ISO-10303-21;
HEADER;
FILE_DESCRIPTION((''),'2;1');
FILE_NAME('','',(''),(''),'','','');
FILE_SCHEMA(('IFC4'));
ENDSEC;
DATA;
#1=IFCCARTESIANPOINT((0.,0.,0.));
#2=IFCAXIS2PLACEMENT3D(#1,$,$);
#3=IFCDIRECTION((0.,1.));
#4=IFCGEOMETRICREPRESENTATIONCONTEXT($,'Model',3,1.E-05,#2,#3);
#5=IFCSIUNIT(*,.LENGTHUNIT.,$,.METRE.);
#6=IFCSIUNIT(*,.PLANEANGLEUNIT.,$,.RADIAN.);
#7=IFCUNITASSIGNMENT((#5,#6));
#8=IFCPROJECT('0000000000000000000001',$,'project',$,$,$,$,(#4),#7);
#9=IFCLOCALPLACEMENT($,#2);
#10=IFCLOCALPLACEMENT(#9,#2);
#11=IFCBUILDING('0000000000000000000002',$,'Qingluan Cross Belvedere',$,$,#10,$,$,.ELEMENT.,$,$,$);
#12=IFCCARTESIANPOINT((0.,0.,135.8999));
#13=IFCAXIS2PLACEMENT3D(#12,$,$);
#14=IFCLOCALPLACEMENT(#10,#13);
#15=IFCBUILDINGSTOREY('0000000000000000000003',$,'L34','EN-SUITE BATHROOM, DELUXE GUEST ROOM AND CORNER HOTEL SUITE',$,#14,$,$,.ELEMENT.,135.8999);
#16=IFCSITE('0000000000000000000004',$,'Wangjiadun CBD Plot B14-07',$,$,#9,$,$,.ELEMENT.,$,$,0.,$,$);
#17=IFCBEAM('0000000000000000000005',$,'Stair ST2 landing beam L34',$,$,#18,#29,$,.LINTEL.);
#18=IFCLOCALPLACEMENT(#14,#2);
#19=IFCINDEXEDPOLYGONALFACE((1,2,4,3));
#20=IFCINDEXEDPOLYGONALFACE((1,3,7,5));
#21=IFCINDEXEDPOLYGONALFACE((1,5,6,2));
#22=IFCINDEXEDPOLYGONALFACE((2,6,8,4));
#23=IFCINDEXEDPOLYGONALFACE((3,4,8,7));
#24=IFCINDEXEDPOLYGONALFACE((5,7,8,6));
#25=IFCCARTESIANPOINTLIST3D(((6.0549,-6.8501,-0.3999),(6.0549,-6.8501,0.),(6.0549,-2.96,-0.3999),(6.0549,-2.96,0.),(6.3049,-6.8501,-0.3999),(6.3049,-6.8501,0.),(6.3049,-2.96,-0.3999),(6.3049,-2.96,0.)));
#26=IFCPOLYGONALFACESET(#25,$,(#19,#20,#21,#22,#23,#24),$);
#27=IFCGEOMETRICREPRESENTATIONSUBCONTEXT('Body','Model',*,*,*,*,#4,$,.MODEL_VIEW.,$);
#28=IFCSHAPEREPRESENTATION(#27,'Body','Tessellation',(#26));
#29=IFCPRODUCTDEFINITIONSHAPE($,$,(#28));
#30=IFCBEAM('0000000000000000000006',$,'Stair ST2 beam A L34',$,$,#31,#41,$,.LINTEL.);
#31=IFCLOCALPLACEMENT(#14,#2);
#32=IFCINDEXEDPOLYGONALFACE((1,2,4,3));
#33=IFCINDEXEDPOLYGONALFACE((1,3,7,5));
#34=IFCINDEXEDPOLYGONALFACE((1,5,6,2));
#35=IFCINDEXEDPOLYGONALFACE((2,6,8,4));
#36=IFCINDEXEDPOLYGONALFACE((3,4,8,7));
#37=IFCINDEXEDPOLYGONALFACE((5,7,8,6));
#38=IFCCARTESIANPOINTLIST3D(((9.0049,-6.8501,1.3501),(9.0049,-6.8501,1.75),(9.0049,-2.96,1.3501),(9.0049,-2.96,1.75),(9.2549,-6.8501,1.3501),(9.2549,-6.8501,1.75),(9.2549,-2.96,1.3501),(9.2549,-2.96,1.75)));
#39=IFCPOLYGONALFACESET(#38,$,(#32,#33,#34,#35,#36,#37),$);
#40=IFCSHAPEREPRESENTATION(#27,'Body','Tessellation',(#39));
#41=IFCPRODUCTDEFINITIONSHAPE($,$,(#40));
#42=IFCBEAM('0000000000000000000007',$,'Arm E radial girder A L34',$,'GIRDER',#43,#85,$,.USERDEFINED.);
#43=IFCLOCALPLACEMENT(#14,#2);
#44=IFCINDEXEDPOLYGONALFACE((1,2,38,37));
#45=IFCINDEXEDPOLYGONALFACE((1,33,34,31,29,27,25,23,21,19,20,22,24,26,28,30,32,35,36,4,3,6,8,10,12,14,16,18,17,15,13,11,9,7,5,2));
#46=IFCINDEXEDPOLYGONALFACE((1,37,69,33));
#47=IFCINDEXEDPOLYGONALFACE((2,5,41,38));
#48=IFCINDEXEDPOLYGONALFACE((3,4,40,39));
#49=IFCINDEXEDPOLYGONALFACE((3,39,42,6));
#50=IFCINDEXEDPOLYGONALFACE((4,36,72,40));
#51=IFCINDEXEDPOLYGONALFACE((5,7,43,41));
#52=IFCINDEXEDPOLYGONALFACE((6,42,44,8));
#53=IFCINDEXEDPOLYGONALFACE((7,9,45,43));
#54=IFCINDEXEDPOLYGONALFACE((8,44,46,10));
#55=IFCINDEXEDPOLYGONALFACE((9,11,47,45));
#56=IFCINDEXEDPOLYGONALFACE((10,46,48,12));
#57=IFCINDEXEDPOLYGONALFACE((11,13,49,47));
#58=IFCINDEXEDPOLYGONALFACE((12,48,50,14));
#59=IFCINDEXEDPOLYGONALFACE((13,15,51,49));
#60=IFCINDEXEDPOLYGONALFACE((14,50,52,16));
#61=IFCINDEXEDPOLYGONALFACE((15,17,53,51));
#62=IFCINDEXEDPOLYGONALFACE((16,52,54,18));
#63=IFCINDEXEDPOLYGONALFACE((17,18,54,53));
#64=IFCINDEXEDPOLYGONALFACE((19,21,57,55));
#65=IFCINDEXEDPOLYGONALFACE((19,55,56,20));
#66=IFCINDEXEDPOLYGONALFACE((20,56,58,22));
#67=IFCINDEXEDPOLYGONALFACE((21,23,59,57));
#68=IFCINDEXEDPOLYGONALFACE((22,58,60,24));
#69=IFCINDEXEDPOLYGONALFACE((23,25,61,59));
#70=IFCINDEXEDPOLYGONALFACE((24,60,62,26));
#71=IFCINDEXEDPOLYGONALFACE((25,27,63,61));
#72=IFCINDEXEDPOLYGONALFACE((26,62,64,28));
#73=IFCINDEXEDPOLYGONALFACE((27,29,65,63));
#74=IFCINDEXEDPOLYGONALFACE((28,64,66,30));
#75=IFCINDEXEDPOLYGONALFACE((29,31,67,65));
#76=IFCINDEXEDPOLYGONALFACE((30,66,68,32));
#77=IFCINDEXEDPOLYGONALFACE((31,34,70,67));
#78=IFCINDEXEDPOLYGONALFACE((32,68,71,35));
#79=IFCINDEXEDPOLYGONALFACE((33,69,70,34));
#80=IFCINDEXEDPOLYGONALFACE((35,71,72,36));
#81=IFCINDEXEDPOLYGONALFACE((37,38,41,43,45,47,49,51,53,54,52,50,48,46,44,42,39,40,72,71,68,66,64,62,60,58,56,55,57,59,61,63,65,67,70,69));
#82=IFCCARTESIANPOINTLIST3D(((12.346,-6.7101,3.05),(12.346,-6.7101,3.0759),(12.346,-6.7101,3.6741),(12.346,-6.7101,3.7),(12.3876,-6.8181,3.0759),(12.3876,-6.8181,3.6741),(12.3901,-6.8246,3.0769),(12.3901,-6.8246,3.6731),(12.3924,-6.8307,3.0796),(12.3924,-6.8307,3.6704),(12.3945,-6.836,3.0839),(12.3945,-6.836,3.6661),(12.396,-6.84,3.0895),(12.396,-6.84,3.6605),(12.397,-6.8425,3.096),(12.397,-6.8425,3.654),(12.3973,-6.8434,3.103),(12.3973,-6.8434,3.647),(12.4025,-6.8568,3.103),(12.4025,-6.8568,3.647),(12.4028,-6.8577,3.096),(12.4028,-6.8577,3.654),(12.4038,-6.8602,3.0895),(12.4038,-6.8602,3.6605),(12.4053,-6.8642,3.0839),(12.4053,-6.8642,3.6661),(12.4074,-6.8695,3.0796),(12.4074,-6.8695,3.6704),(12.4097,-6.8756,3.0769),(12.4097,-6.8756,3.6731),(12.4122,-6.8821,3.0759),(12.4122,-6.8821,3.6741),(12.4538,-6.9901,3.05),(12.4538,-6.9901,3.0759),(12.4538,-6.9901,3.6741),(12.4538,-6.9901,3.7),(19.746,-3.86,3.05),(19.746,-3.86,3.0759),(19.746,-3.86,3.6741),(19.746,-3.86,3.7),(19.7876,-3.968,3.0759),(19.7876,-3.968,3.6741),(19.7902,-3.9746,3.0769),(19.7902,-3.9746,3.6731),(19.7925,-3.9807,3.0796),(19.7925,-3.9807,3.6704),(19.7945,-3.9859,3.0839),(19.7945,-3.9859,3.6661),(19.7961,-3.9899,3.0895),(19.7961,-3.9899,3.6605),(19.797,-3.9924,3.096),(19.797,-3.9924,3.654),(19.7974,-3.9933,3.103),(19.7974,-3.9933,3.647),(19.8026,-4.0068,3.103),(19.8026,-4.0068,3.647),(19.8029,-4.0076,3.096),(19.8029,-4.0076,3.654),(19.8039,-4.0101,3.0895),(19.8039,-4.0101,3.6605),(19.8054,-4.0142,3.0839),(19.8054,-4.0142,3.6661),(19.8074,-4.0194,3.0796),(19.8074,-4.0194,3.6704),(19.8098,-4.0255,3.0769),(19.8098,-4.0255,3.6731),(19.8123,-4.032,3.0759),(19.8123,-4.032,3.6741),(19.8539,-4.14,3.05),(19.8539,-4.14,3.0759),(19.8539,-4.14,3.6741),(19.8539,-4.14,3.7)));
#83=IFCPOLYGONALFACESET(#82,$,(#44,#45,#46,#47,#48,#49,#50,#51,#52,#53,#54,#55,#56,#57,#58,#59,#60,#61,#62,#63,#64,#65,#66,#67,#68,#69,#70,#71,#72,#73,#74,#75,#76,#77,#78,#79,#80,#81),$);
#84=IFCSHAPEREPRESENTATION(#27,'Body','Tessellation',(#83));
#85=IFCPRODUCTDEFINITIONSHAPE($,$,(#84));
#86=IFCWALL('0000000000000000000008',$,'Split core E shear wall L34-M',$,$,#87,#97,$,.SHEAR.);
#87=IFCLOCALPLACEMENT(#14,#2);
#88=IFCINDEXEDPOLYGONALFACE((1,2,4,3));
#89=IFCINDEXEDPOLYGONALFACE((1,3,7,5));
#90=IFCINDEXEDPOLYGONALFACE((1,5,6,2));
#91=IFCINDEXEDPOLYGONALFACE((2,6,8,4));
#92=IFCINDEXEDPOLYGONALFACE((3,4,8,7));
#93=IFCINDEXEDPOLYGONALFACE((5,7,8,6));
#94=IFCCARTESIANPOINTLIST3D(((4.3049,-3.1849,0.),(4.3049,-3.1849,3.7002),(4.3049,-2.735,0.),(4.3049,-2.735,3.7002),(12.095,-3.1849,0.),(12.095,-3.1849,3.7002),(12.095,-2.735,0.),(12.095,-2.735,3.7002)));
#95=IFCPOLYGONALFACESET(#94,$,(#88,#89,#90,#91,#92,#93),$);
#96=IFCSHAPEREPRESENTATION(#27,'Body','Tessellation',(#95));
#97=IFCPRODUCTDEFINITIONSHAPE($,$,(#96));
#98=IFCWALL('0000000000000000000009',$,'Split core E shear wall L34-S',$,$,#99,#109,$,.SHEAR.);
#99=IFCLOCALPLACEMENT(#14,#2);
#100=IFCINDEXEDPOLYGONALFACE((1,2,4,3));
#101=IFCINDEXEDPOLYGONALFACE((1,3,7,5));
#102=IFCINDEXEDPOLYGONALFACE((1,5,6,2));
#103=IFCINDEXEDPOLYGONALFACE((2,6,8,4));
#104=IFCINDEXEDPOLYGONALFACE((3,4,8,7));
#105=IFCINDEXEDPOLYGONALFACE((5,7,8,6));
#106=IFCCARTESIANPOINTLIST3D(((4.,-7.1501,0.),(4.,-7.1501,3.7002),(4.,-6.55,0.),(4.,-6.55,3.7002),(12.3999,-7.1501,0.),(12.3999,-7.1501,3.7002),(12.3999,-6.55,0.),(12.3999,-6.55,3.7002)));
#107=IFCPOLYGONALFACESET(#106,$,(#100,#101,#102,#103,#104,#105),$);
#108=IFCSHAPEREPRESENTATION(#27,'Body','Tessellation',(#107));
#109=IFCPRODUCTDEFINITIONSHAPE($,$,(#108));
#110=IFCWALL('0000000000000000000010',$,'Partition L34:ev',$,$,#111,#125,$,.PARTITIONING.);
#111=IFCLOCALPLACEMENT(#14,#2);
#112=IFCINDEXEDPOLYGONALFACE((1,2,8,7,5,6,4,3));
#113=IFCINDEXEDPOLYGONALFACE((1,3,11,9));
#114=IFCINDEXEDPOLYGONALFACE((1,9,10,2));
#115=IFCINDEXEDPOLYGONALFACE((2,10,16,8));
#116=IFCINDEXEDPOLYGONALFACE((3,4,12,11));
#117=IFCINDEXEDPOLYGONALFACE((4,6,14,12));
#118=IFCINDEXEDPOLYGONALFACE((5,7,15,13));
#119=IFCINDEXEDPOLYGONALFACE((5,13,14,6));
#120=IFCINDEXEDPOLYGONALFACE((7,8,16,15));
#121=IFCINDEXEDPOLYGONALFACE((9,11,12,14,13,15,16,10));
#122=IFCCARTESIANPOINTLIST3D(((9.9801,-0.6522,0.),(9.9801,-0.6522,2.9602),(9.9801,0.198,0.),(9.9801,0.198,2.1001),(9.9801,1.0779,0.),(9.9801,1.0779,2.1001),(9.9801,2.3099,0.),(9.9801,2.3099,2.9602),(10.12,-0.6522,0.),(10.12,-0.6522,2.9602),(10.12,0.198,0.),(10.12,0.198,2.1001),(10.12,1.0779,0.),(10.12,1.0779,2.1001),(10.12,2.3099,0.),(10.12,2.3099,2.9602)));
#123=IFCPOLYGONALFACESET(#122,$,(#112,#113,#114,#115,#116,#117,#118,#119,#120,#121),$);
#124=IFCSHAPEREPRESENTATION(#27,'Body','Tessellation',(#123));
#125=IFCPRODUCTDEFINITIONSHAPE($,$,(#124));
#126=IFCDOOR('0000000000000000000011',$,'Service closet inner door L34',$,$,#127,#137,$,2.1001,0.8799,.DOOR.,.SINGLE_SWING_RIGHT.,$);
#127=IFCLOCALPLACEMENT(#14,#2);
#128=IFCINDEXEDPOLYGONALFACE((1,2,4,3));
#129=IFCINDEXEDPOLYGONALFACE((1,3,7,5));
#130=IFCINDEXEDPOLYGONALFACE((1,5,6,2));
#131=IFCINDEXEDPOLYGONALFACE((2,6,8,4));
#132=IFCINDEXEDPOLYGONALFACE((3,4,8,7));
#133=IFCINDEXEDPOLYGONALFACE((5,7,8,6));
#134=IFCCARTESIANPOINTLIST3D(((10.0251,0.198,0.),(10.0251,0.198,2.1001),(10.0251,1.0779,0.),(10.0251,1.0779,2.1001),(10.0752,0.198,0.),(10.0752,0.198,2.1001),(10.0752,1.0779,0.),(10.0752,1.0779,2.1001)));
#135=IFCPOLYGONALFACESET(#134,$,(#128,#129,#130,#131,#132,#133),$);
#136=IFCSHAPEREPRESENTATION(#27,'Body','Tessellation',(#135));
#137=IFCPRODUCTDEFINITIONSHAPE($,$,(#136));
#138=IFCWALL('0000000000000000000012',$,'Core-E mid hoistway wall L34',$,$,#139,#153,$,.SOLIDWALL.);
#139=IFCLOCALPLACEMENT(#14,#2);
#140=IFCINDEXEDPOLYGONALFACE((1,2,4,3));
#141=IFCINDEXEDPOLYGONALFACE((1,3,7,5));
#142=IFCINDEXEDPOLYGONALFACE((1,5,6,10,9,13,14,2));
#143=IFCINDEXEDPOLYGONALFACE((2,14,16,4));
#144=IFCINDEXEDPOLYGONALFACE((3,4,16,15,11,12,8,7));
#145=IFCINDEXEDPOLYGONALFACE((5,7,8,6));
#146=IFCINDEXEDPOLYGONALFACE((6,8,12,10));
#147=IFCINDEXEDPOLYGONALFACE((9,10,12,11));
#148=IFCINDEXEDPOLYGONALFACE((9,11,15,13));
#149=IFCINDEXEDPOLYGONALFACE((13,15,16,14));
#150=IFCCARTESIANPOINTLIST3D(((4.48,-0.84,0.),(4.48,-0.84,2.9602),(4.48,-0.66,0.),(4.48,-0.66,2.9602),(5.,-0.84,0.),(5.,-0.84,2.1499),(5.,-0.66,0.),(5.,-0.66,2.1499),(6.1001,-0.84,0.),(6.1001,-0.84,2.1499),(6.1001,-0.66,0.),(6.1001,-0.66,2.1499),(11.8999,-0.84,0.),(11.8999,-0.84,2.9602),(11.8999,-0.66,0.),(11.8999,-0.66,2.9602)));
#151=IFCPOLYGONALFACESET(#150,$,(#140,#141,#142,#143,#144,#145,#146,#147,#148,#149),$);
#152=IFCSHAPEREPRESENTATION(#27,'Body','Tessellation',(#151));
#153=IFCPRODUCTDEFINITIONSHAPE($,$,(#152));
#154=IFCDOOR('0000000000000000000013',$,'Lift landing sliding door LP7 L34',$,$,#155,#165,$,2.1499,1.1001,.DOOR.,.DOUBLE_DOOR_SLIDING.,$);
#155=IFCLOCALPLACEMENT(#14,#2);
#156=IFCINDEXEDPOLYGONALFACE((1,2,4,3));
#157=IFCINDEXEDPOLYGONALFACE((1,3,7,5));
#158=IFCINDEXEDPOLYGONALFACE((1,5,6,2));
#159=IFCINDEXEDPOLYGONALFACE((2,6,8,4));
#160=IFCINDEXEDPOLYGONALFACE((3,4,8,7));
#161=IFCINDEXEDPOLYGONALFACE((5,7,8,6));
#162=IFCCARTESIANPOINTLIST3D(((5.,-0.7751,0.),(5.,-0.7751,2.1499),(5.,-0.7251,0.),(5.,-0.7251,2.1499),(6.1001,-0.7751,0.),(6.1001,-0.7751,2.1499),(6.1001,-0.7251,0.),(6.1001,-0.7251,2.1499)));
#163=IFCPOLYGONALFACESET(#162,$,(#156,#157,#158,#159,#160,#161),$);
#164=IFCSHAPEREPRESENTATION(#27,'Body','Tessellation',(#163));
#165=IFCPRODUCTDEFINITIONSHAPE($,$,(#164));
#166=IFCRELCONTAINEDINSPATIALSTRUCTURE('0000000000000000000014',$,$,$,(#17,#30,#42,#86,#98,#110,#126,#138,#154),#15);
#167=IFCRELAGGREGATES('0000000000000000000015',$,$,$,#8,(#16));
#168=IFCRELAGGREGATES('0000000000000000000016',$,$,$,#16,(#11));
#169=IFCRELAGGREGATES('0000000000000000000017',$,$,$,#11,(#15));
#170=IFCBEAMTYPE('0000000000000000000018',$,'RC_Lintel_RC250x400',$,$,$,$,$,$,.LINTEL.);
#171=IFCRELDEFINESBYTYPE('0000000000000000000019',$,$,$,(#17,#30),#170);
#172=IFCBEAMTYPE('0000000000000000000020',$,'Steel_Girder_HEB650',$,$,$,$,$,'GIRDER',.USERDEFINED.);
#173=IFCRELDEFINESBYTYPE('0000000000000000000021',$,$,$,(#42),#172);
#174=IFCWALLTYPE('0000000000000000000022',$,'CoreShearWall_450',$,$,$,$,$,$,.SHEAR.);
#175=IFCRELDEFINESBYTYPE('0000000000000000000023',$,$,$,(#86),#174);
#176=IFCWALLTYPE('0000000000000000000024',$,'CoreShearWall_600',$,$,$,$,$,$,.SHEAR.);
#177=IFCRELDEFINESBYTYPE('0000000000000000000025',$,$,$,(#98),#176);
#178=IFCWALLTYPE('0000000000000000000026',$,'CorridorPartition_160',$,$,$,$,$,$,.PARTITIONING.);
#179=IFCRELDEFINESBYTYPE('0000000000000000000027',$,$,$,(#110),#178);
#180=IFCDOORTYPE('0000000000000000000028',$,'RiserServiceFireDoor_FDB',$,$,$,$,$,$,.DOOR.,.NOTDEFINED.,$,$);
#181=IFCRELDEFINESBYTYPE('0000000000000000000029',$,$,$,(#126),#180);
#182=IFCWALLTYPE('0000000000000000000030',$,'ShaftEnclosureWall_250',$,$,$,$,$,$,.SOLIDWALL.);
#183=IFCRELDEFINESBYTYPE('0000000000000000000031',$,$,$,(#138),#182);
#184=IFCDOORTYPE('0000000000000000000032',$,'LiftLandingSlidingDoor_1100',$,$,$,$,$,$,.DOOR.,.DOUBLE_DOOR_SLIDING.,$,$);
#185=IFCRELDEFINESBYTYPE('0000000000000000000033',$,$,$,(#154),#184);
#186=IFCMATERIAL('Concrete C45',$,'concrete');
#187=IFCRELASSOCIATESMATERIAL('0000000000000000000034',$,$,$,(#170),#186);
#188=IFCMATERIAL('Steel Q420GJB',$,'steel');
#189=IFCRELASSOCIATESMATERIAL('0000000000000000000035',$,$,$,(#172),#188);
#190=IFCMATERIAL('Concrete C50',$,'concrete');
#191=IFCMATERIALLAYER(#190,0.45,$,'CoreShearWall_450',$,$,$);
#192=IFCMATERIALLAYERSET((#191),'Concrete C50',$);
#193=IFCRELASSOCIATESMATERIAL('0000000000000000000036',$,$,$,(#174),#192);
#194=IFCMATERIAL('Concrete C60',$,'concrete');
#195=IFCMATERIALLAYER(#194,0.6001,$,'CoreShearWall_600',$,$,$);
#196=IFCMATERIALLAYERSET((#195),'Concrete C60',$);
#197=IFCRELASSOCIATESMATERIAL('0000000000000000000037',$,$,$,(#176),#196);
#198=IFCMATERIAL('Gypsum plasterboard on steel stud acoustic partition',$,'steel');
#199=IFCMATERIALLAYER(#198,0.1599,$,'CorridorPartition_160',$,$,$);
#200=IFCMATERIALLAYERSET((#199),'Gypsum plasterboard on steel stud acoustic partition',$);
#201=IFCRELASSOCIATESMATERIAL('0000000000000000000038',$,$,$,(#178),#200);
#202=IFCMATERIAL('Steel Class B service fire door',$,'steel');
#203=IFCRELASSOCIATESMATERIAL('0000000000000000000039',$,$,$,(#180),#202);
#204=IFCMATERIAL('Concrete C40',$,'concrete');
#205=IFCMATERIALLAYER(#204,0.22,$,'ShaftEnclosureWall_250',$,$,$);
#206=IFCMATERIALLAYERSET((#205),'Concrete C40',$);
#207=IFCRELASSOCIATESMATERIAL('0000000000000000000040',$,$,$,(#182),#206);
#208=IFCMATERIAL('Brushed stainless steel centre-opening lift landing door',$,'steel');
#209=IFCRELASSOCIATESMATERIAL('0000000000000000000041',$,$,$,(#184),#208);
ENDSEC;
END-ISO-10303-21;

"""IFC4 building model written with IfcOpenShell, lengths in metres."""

from ifc_helpers import new_model, si_unit, direction, frame, frame_2d, origin, origin_2d, place, context, subcontext, project, spatial, rectangle, i_section, extrude, material, layer, layer_set, material_profile, profile_set, type_object, element, fill, save


model = new_model("IFC4")

# Units and contexts
model_context = context("Model", 3, precision=1e-05, world=origin(), true_north=direction((0.0, 1.0)))
body_context = subcontext(model_context, "Body", "Model", "MODEL_VIEW")
ifc_project = project(units=[si_unit("LENGTHUNIT", "METRE"), si_unit("PLANEANGLEUNIT", "RADIAN")], contexts=[model_context])

# Site, building, storey
site_placement = place(None, origin())
site = spatial("IfcSite", under=ifc_project, at=site_placement, Name="Wangjiadun CBD Plot B14-07", CompositionType="ELEMENT", RefElevation=0.0)
building_placement = place(site_placement, origin())
building = spatial("IfcBuilding", under=site, at=building_placement, Name="Qingluan Cross Belvedere", CompositionType="ELEMENT")
storey_placement = place(building_placement, frame((0.0, 0.0, 135.8999)))
storey = spatial("IfcBuildingStorey", under=building, at=storey_placement, Name="L34", Description="EN-SUITE BATHROOM, DELUXE GUEST ROOM AND CORNER HOTEL SUITE", CompositionType="ELEMENT", Elevation=135.8999)

# Beams
ifc_material_1 = material(Name="Concrete C45", Category="concrete")
ifc_material_profile_1 = material_profile(ifc_material_1, rectangle(XDim=0.25, YDim=0.3999, at=origin_2d()), Name="RC250x400")
ifc_profile_set_1 = profile_set([ifc_material_profile_1], Name="Concrete C45")
beam_type_1 = type_object("IfcBeamType", Name="RC_Lintel_RC250x400", PredefinedType="LINTEL", material=ifc_profile_set_1)
for number, where, z_axis, x_axis, name in (
    (1, (6.1799, -6.8501, -0.2), (0.0, 1.0, 0.0), (-1.0, 0.0, 0.0), "Stair ST2 landing beam L34"),
    (2, (9.1299, -6.8501, 1.55), (0.0, 1.0, 0.0), (-1.0, 0.0, 0.0), "Stair ST2 beam A L34"),
):
    element("IfcBeam", number, at=place(storey_placement, frame(where, z_axis=z_axis, x_axis=x_axis)), inside=storey, type_object=beam_type_1, Name=name, PredefinedType="LINTEL", context=body_context, shape_type="SweptSolid", body=[
        extrude(rectangle(XDim=0.25, YDim=0.3999, at=origin_2d()), origin(), (0.0, 0.0, 1.0), 3.8901),
    ])
ifc_material_2 = material(Name="Steel Q420GJB", Category="steel")
ifc_material_profile_2 = material_profile(ifc_material_2, i_section(OverallWidth=0.3, OverallDepth=0.6499, WebThickness=0.0144, FlangeThickness=0.0259, FilletRadius=0.0271, at=origin_2d()), Name="HEB650")
ifc_profile_set_2 = profile_set([ifc_material_profile_2], Name="Steel Q420GJB")
beam_type_2 = type_object("IfcBeamType", Name="Steel_Girder_HEB650", ElementType="GIRDER", PredefinedType="USERDEFINED", material=ifc_profile_set_2)
beam_placement = place(storey_placement, frame((12.3999, -6.8501, 3.375), z_axis=(0.933181, 0.359406, 0.0), x_axis=(-0.359406, 0.933181, 0.0)))
element("IfcBeam", 3, at=beam_placement, inside=storey, type_object=beam_type_2, Name="Arm E radial girder A L34", ObjectType="GIRDER", PredefinedType="USERDEFINED", context=body_context, shape_type="SweptSolid", body=[
    extrude(i_section(OverallWidth=0.3, OverallDepth=0.6499, WebThickness=0.0144, FlangeThickness=0.0259, FilletRadius=0.0271, at=origin_2d()), origin(), (0.0, 0.0, 1.0), 7.9299),
])

# Walls
ifc_material_3 = material(Name="Concrete C50", Category="concrete")
ifc_layer_1 = layer(ifc_material_3, 0.45, Name="CoreShearWall_450")
ifc_layer_set_1 = layer_set([ifc_layer_1], Name="Concrete C50")
wall_type_1 = type_object("IfcWallType", Name="CoreShearWall_450", PredefinedType="SHEAR", material=ifc_layer_set_1)
wall_1_placement = place(storey_placement, frame((4.3049, -2.96, 0.0), z_axis=(0.0, 0.0, 1.0), x_axis=(1.0, 0.0, 0.0)))
element("IfcWall", 4, at=wall_1_placement, inside=storey, type_object=wall_type_1, Name="Split core E shear wall L34-M", PredefinedType="SHEAR", context=body_context, shape_type="SweptSolid", body=[
    extrude(rectangle(XDim=7.79, YDim=0.45, at=frame_2d((3.895, 0.0))), origin(), (0.0, 0.0, 1.0), 3.7002),
])
ifc_material_4 = material(Name="Concrete C60", Category="concrete")
ifc_layer_2 = layer(ifc_material_4, 0.6001, Name="CoreShearWall_600")
ifc_layer_set_2 = layer_set([ifc_layer_2], Name="Concrete C60")
wall_type_2 = type_object("IfcWallType", Name="CoreShearWall_600", PredefinedType="SHEAR", material=ifc_layer_set_2)
wall_2_placement = place(storey_placement, frame((4.0, -6.8501, 0.0), z_axis=(0.0, 0.0, 1.0), x_axis=(1.0, 0.0, 0.0)))
element("IfcWall", 5, at=wall_2_placement, inside=storey, type_object=wall_type_2, Name="Split core E shear wall L34-S", PredefinedType="SHEAR", context=body_context, shape_type="SweptSolid", body=[
    extrude(rectangle(XDim=8.3999, YDim=0.6001, at=frame_2d((4.2, 0.0))), origin(), (0.0, 0.0, 1.0), 3.7002),
])

# Walls, openings, doors
ifc_material_5 = material(Name="Gypsum plasterboard on steel stud acoustic partition", Category="steel")
ifc_layer_3 = layer(ifc_material_5, 0.1599, Name="CorridorPartition_160")
ifc_layer_set_3 = layer_set([ifc_layer_3], Name="Gypsum plasterboard on steel stud acoustic partition")
wall_type_3 = type_object("IfcWallType", Name="CorridorPartition_160", PredefinedType="PARTITIONING", material=ifc_layer_set_3)
wall_3_placement = place(storey_placement, frame((10.05, -0.6521, 0.0), z_axis=(0.0, 0.0, 1.0), x_axis=(0.0, 1.0, 0.0)))
wall_3 = element("IfcWall", 6, at=wall_3_placement, inside=storey, type_object=wall_type_3, Name="Partition L34:ev", PredefinedType="PARTITIONING", context=body_context, shape_type="SweptSolid", body=[
    extrude(rectangle(XDim=2.9622, YDim=0.1399, at=frame_2d((1.481, 0.0))), origin(), (0.0, 0.0, 1.0), 2.9602),
])
opening_1_placement = place(wall_3_placement, frame((0.8501, 0.0, 0.0)))
opening_1 = element("IfcOpeningElement", 7, at=opening_1_placement, cuts=wall_3, PredefinedType="OPENING", context=body_context, shape_type="SweptSolid", body=[
    extrude(rectangle(XDim=0.8799, YDim=2.1001, at=frame_2d((0.4399, 1.05))), frame((0.0, 0.0798, 0.0), z_axis=(0.0, -1.0, 0.0), x_axis=(1.0, 0.0, 0.0)), (0.0, 0.0, 1.0), 0.1599),
])
ifc_material_6 = material(Name="Steel Class B service fire door", Category="steel")
door_type_1 = type_object("IfcDoorType", Name="RiserServiceFireDoor_FDB", OperationType="NOTDEFINED", PredefinedType="DOOR", material=ifc_material_6)
door_1_placement = place(opening_1_placement, origin())
door_1 = element("IfcDoor", 8, at=door_1_placement, inside=storey, type_object=door_type_1, Name="Service closet inner door L34", OperationType="SINGLE_SWING_RIGHT", OverallHeight=2.1001, OverallWidth=0.8799, PredefinedType="DOOR", context=body_context, shape_type="SweptSolid", body=[
    extrude(rectangle(XDim=0.8799, YDim=2.1001, at=frame_2d((0.4399, 1.05))), frame((0.0, 0.0249, 0.0), z_axis=(0.0, -1.0, 0.0), x_axis=(1.0, 0.0, 0.0)), (0.0, 0.0, 1.0), 0.05),
])
fill(opening_1, door_1)
ifc_material_7 = material(Name="Concrete C40", Category="concrete")
ifc_layer_4 = layer(ifc_material_7, 0.22, Name="ShaftEnclosureWall_250")
ifc_layer_set_4 = layer_set([ifc_layer_4], Name="Concrete C40")
wall_type_4 = type_object("IfcWallType", Name="ShaftEnclosureWall_250", PredefinedType="SOLIDWALL", material=ifc_layer_set_4)
wall_4_placement = place(storey_placement, frame((4.48, -0.75, 0.0), z_axis=(0.0, 0.0, 1.0), x_axis=(1.0, 0.0, 0.0)))
wall_4 = element("IfcWall", 9, at=wall_4_placement, inside=storey, type_object=wall_type_4, Name="Core-E mid hoistway wall L34", PredefinedType="SOLIDWALL", context=body_context, shape_type="SweptSolid", body=[
    extrude(rectangle(XDim=7.4199, YDim=0.1799, at=frame_2d((3.71, 0.0))), origin(), (0.0, 0.0, 1.0), 2.9602),
])
opening_2_placement = place(wall_4_placement, frame((0.52, 0.0, 0.0)))
opening_2 = element("IfcOpeningElement", 10, at=opening_2_placement, cuts=wall_4, PredefinedType="OPENING", context=body_context, shape_type="SweptSolid", body=[
    extrude(rectangle(XDim=1.1001, YDim=2.1499, at=frame_2d((0.55, 1.075))), frame((0.0, 0.0999, 0.0), z_axis=(0.0, -1.0, 0.0), x_axis=(1.0, 0.0, 0.0)), (0.0, 0.0, 1.0), 0.2),
])
ifc_material_8 = material(Name="Brushed stainless steel centre-opening lift landing door", Category="steel")
door_type_2 = type_object("IfcDoorType", Name="LiftLandingSlidingDoor_1100", OperationType="DOUBLE_DOOR_SLIDING", PredefinedType="DOOR", material=ifc_material_8)
door_2_placement = place(opening_2_placement, origin())
door_2 = element("IfcDoor", 11, at=door_2_placement, inside=storey, type_object=door_type_2, Name="Lift landing sliding door LP7 L34", OperationType="DOUBLE_DOOR_SLIDING", OverallHeight=2.1499, OverallWidth=1.1001, PredefinedType="DOOR", context=body_context, shape_type="SweptSolid", body=[
    extrude(rectangle(XDim=1.1001, YDim=2.1499, at=frame_2d((0.55, 1.075))), frame((0.0, 0.0249, 0.0), z_axis=(0.0, -1.0, 0.0), x_axis=(1.0, 0.0, 0.0)), (0.0, 0.0, 1.0), 0.05),
])
fill(opening_2, door_2)

save(model, "model.ifc")
